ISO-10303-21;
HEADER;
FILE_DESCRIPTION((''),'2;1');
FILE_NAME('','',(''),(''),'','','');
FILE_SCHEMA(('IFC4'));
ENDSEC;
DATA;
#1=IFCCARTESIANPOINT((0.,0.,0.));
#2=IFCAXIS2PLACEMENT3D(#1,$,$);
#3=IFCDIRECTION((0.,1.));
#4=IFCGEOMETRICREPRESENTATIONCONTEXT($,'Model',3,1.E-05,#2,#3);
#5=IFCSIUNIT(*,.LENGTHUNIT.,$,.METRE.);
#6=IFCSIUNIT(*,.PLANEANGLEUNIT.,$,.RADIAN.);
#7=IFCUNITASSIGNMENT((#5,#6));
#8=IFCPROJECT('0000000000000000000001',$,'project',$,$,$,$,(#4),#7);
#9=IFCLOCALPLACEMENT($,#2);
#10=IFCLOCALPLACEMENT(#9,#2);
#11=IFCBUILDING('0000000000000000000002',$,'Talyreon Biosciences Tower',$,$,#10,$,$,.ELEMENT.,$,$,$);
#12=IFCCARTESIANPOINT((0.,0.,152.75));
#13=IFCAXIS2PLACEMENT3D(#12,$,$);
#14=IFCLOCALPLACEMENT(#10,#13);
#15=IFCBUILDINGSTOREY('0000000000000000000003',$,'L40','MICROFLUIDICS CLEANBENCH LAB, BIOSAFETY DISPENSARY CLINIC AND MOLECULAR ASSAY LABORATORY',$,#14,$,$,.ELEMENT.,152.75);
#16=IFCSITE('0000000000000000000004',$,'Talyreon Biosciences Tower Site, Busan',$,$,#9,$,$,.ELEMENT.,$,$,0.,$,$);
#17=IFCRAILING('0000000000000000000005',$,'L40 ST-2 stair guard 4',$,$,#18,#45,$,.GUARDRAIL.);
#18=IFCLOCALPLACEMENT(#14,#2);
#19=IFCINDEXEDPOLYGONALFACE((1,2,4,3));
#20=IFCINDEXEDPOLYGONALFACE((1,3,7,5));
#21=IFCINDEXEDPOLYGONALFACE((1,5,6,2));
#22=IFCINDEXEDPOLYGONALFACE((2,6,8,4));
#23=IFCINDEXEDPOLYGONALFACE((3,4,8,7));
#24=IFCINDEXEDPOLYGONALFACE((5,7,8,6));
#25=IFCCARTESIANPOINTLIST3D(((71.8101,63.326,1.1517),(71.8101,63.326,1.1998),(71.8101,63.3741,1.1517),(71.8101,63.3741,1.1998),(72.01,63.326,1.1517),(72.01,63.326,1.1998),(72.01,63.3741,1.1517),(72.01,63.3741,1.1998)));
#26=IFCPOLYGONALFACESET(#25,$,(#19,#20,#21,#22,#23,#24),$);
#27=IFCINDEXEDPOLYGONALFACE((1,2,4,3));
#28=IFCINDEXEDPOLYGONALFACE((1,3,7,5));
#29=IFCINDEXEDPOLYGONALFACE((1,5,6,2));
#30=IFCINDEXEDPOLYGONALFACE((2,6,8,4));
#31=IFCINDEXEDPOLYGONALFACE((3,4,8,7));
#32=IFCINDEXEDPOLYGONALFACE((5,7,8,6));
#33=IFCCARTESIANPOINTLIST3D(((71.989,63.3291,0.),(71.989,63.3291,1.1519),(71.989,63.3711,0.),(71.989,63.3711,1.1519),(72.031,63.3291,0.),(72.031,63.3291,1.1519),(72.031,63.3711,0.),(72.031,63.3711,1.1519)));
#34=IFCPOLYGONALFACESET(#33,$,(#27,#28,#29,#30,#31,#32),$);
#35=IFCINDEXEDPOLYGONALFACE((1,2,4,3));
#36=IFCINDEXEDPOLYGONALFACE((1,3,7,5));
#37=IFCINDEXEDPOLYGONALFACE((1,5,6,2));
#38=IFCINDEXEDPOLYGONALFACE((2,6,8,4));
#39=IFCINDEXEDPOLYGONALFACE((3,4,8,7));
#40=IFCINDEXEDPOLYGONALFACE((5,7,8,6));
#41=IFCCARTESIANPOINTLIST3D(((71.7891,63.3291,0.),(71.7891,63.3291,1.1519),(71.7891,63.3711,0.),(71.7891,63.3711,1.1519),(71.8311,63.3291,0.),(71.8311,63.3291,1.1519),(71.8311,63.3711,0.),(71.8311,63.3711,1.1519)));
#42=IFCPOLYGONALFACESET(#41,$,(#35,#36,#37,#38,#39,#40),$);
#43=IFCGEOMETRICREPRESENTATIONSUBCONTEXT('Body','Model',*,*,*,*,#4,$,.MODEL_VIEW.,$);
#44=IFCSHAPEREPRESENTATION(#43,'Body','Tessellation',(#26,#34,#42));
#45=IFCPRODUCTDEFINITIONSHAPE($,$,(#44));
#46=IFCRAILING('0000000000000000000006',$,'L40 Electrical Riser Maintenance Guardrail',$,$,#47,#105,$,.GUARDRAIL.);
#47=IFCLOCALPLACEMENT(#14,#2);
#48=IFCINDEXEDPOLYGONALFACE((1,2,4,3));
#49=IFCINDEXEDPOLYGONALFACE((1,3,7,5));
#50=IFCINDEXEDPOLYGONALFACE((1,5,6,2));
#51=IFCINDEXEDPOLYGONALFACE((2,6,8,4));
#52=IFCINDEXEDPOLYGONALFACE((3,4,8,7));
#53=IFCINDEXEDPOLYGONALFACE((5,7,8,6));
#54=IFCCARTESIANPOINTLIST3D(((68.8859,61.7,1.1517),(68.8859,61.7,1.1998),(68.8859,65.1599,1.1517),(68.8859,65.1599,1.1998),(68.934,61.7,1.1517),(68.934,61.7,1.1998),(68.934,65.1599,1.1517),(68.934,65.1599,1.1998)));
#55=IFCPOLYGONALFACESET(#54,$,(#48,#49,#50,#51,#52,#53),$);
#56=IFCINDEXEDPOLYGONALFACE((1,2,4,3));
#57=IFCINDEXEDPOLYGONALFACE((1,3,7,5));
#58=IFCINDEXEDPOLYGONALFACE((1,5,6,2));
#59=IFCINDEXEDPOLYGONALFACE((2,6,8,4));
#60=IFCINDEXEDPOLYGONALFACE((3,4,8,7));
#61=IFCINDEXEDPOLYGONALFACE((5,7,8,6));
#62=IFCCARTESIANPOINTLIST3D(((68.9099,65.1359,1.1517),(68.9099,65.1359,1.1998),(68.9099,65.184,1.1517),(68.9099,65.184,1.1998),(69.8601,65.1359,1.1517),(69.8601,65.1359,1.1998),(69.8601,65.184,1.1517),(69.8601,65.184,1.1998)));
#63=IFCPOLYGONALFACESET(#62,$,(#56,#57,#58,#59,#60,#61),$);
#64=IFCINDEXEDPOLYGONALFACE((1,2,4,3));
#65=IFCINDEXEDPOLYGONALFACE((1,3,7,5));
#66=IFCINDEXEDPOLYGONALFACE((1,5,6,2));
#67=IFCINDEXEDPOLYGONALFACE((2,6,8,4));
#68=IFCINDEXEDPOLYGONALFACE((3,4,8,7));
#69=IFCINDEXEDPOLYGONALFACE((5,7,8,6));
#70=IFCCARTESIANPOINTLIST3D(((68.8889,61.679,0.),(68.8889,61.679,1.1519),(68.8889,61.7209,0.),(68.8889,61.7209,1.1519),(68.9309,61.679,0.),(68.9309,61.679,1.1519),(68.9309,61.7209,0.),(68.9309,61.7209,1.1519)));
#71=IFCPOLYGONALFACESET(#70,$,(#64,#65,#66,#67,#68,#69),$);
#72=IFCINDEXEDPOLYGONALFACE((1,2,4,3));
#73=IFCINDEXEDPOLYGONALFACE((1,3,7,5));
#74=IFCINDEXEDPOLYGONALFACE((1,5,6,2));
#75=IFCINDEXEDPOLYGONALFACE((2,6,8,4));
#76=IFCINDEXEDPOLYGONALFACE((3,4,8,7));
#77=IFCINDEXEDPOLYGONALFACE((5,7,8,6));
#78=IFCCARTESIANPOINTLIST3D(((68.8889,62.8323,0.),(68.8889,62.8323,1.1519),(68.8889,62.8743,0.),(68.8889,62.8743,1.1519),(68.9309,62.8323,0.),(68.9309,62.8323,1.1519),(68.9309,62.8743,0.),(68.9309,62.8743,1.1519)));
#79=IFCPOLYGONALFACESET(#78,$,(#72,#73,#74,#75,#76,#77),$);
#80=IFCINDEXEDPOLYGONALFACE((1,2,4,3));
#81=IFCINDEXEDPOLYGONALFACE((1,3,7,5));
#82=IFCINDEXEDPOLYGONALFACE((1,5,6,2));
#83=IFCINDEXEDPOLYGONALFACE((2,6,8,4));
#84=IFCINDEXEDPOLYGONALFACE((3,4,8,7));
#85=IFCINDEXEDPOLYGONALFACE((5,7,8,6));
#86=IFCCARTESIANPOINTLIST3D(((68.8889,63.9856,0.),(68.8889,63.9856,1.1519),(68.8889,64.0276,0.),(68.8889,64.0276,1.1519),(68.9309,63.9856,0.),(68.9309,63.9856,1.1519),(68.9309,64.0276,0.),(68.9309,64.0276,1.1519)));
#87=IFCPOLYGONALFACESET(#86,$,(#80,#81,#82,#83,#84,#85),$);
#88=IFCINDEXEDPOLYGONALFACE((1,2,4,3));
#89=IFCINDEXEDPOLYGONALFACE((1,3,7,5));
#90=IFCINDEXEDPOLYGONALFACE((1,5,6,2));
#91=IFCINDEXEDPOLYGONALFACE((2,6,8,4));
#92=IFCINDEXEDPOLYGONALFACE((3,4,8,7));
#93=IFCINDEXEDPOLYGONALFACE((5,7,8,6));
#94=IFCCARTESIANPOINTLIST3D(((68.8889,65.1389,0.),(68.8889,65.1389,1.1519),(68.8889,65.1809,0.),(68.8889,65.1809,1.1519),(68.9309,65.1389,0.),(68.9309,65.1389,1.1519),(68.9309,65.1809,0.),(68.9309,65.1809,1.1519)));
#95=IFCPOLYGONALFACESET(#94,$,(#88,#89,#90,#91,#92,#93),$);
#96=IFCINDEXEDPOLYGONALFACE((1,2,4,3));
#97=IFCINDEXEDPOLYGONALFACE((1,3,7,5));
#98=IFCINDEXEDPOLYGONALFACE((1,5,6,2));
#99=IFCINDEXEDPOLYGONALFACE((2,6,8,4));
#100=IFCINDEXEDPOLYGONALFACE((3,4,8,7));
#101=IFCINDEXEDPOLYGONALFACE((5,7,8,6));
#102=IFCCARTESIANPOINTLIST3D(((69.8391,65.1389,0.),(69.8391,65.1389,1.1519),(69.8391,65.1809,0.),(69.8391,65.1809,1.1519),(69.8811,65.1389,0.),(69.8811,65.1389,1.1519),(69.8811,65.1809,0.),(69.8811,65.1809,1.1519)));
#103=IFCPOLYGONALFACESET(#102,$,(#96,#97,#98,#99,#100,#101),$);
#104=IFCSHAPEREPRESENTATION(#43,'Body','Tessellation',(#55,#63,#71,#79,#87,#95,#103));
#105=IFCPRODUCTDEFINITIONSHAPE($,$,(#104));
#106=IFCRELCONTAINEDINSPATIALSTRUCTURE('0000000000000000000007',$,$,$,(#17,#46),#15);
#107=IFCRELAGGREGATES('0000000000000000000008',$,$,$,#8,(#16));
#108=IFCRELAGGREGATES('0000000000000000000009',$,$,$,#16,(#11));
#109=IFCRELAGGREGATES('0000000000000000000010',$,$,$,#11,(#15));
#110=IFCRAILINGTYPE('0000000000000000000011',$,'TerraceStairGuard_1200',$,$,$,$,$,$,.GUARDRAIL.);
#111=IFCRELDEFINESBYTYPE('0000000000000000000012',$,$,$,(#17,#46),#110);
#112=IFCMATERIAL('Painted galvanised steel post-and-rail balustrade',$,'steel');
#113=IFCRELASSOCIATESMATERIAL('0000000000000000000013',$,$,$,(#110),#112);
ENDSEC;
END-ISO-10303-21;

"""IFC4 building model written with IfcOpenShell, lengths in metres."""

from ifc_helpers import new_model, si_unit, direction, frame, origin, origin_2d, place, context, subcontext, project, spatial, rectangle, extrude, material, type_object, element, save


model = new_model("IFC4")

# Units and contexts
model_context = context("Model", 3, precision=1e-05, world=origin(), true_north=direction((0.0, 1.0)))
body_context = subcontext(model_context, "Body", "Model", "MODEL_VIEW")
ifc_project = project(units=[si_unit("LENGTHUNIT", "METRE"), si_unit("PLANEANGLEUNIT", "RADIAN")], contexts=[model_context])

# Site, building, storey
site_placement = place(None, origin())
site = spatial("IfcSite", under=ifc_project, at=site_placement, Name="Talyreon Biosciences Tower Site, Busan", CompositionType="ELEMENT", RefElevation=0.0)
building_placement = place(site_placement, origin())
building = spatial("IfcBuilding", under=site, at=building_placement, Name="Talyreon Biosciences Tower", CompositionType="ELEMENT")
storey_placement = place(building_placement, frame((0.0, 0.0, 152.75)))
storey = spatial("IfcBuildingStorey", under=building, at=storey_placement, Name="L40", Description="MICROFLUIDICS CLEANBENCH LAB, BIOSAFETY DISPENSARY CLINIC AND MOLECULAR ASSAY LABORATORY", CompositionType="ELEMENT", Elevation=152.75)

# Railings
ifc_material_1 = material(Name="Painted galvanised steel post-and-rail balustrade", Category="steel")
railing_type_1 = type_object("IfcRailingType", Name="TerraceStairGuard_1200", PredefinedType="GUARDRAIL", material=ifc_material_1)
railing_1_placement = place(storey_placement, frame((72.01, 63.3501, 0.0)))
element("IfcRailing", 1, at=railing_1_placement, inside=storey, type_object=railing_type_1, Name="L40 ST-2 stair guard 4", PredefinedType="GUARDRAIL", context=body_context, shape_type="SweptSolid", body=[
    extrude(rectangle(XDim=0.0481, YDim=0.0481, at=origin_2d()), frame((0.0, 0.0, 1.1758), z_axis=(-1.0, 0.0, 0.0), x_axis=(0.0, -1.0, 0.0)), (0.0, 0.0, 1.0), 0.2),
    extrude(rectangle(XDim=0.042, YDim=0.042, at=origin_2d()), origin(), (0.0, 0.0, 1.0), 1.1519),
    extrude(rectangle(XDim=0.042, YDim=0.042, at=origin_2d()), frame((-0.2, 0.0, 0.0)), (0.0, 0.0, 1.0), 1.1519),
])
railing_2_placement = place(storey_placement, frame((68.9099, 61.7, 0.0)))
element("IfcRailing", 2, at=railing_2_placement, inside=storey, type_object=railing_type_1, Name="L40 Electrical Riser Maintenance Guardrail", PredefinedType="GUARDRAIL", context=body_context, shape_type="SweptSolid", body=[
    extrude(rectangle(XDim=0.0481, YDim=0.0481, at=origin_2d()), frame((0.0, 0.0, 1.1758), z_axis=(0.0, 1.0, 0.0), x_axis=(-1.0, 0.0, 0.0)), (0.0, 0.0, 1.0), 3.46),
    extrude(rectangle(XDim=0.0481, YDim=0.0481, at=origin_2d()), frame((0.0, 3.46, 1.1758), z_axis=(1.0, 0.0, 0.0), x_axis=(0.0, 1.0, 0.0)), (0.0, 0.0, 1.0), 0.9502),
    extrude(rectangle(XDim=0.042, YDim=0.042, at=origin_2d()), origin(), (0.0, 0.0, 1.0), 1.1519),
    extrude(rectangle(XDim=0.042, YDim=0.042, at=origin_2d()), frame((0.0, 1.1533, 0.0)), (0.0, 0.0, 1.0), 1.1519),
    extrude(rectangle(XDim=0.042, YDim=0.042, at=origin_2d()), frame((0.0, 2.3066, 0.0)), (0.0, 0.0, 1.0), 1.1519),
    extrude(rectangle(XDim=0.042, YDim=0.042, at=origin_2d()), frame((0.0, 3.46, 0.0)), (0.0, 0.0, 1.0), 1.1519),
    extrude(rectangle(XDim=0.042, YDim=0.042, at=origin_2d()), frame((0.9502, 3.46, 0.0)), (0.0, 0.0, 1.0), 1.1519),
])

save(model, "model.ifc")
